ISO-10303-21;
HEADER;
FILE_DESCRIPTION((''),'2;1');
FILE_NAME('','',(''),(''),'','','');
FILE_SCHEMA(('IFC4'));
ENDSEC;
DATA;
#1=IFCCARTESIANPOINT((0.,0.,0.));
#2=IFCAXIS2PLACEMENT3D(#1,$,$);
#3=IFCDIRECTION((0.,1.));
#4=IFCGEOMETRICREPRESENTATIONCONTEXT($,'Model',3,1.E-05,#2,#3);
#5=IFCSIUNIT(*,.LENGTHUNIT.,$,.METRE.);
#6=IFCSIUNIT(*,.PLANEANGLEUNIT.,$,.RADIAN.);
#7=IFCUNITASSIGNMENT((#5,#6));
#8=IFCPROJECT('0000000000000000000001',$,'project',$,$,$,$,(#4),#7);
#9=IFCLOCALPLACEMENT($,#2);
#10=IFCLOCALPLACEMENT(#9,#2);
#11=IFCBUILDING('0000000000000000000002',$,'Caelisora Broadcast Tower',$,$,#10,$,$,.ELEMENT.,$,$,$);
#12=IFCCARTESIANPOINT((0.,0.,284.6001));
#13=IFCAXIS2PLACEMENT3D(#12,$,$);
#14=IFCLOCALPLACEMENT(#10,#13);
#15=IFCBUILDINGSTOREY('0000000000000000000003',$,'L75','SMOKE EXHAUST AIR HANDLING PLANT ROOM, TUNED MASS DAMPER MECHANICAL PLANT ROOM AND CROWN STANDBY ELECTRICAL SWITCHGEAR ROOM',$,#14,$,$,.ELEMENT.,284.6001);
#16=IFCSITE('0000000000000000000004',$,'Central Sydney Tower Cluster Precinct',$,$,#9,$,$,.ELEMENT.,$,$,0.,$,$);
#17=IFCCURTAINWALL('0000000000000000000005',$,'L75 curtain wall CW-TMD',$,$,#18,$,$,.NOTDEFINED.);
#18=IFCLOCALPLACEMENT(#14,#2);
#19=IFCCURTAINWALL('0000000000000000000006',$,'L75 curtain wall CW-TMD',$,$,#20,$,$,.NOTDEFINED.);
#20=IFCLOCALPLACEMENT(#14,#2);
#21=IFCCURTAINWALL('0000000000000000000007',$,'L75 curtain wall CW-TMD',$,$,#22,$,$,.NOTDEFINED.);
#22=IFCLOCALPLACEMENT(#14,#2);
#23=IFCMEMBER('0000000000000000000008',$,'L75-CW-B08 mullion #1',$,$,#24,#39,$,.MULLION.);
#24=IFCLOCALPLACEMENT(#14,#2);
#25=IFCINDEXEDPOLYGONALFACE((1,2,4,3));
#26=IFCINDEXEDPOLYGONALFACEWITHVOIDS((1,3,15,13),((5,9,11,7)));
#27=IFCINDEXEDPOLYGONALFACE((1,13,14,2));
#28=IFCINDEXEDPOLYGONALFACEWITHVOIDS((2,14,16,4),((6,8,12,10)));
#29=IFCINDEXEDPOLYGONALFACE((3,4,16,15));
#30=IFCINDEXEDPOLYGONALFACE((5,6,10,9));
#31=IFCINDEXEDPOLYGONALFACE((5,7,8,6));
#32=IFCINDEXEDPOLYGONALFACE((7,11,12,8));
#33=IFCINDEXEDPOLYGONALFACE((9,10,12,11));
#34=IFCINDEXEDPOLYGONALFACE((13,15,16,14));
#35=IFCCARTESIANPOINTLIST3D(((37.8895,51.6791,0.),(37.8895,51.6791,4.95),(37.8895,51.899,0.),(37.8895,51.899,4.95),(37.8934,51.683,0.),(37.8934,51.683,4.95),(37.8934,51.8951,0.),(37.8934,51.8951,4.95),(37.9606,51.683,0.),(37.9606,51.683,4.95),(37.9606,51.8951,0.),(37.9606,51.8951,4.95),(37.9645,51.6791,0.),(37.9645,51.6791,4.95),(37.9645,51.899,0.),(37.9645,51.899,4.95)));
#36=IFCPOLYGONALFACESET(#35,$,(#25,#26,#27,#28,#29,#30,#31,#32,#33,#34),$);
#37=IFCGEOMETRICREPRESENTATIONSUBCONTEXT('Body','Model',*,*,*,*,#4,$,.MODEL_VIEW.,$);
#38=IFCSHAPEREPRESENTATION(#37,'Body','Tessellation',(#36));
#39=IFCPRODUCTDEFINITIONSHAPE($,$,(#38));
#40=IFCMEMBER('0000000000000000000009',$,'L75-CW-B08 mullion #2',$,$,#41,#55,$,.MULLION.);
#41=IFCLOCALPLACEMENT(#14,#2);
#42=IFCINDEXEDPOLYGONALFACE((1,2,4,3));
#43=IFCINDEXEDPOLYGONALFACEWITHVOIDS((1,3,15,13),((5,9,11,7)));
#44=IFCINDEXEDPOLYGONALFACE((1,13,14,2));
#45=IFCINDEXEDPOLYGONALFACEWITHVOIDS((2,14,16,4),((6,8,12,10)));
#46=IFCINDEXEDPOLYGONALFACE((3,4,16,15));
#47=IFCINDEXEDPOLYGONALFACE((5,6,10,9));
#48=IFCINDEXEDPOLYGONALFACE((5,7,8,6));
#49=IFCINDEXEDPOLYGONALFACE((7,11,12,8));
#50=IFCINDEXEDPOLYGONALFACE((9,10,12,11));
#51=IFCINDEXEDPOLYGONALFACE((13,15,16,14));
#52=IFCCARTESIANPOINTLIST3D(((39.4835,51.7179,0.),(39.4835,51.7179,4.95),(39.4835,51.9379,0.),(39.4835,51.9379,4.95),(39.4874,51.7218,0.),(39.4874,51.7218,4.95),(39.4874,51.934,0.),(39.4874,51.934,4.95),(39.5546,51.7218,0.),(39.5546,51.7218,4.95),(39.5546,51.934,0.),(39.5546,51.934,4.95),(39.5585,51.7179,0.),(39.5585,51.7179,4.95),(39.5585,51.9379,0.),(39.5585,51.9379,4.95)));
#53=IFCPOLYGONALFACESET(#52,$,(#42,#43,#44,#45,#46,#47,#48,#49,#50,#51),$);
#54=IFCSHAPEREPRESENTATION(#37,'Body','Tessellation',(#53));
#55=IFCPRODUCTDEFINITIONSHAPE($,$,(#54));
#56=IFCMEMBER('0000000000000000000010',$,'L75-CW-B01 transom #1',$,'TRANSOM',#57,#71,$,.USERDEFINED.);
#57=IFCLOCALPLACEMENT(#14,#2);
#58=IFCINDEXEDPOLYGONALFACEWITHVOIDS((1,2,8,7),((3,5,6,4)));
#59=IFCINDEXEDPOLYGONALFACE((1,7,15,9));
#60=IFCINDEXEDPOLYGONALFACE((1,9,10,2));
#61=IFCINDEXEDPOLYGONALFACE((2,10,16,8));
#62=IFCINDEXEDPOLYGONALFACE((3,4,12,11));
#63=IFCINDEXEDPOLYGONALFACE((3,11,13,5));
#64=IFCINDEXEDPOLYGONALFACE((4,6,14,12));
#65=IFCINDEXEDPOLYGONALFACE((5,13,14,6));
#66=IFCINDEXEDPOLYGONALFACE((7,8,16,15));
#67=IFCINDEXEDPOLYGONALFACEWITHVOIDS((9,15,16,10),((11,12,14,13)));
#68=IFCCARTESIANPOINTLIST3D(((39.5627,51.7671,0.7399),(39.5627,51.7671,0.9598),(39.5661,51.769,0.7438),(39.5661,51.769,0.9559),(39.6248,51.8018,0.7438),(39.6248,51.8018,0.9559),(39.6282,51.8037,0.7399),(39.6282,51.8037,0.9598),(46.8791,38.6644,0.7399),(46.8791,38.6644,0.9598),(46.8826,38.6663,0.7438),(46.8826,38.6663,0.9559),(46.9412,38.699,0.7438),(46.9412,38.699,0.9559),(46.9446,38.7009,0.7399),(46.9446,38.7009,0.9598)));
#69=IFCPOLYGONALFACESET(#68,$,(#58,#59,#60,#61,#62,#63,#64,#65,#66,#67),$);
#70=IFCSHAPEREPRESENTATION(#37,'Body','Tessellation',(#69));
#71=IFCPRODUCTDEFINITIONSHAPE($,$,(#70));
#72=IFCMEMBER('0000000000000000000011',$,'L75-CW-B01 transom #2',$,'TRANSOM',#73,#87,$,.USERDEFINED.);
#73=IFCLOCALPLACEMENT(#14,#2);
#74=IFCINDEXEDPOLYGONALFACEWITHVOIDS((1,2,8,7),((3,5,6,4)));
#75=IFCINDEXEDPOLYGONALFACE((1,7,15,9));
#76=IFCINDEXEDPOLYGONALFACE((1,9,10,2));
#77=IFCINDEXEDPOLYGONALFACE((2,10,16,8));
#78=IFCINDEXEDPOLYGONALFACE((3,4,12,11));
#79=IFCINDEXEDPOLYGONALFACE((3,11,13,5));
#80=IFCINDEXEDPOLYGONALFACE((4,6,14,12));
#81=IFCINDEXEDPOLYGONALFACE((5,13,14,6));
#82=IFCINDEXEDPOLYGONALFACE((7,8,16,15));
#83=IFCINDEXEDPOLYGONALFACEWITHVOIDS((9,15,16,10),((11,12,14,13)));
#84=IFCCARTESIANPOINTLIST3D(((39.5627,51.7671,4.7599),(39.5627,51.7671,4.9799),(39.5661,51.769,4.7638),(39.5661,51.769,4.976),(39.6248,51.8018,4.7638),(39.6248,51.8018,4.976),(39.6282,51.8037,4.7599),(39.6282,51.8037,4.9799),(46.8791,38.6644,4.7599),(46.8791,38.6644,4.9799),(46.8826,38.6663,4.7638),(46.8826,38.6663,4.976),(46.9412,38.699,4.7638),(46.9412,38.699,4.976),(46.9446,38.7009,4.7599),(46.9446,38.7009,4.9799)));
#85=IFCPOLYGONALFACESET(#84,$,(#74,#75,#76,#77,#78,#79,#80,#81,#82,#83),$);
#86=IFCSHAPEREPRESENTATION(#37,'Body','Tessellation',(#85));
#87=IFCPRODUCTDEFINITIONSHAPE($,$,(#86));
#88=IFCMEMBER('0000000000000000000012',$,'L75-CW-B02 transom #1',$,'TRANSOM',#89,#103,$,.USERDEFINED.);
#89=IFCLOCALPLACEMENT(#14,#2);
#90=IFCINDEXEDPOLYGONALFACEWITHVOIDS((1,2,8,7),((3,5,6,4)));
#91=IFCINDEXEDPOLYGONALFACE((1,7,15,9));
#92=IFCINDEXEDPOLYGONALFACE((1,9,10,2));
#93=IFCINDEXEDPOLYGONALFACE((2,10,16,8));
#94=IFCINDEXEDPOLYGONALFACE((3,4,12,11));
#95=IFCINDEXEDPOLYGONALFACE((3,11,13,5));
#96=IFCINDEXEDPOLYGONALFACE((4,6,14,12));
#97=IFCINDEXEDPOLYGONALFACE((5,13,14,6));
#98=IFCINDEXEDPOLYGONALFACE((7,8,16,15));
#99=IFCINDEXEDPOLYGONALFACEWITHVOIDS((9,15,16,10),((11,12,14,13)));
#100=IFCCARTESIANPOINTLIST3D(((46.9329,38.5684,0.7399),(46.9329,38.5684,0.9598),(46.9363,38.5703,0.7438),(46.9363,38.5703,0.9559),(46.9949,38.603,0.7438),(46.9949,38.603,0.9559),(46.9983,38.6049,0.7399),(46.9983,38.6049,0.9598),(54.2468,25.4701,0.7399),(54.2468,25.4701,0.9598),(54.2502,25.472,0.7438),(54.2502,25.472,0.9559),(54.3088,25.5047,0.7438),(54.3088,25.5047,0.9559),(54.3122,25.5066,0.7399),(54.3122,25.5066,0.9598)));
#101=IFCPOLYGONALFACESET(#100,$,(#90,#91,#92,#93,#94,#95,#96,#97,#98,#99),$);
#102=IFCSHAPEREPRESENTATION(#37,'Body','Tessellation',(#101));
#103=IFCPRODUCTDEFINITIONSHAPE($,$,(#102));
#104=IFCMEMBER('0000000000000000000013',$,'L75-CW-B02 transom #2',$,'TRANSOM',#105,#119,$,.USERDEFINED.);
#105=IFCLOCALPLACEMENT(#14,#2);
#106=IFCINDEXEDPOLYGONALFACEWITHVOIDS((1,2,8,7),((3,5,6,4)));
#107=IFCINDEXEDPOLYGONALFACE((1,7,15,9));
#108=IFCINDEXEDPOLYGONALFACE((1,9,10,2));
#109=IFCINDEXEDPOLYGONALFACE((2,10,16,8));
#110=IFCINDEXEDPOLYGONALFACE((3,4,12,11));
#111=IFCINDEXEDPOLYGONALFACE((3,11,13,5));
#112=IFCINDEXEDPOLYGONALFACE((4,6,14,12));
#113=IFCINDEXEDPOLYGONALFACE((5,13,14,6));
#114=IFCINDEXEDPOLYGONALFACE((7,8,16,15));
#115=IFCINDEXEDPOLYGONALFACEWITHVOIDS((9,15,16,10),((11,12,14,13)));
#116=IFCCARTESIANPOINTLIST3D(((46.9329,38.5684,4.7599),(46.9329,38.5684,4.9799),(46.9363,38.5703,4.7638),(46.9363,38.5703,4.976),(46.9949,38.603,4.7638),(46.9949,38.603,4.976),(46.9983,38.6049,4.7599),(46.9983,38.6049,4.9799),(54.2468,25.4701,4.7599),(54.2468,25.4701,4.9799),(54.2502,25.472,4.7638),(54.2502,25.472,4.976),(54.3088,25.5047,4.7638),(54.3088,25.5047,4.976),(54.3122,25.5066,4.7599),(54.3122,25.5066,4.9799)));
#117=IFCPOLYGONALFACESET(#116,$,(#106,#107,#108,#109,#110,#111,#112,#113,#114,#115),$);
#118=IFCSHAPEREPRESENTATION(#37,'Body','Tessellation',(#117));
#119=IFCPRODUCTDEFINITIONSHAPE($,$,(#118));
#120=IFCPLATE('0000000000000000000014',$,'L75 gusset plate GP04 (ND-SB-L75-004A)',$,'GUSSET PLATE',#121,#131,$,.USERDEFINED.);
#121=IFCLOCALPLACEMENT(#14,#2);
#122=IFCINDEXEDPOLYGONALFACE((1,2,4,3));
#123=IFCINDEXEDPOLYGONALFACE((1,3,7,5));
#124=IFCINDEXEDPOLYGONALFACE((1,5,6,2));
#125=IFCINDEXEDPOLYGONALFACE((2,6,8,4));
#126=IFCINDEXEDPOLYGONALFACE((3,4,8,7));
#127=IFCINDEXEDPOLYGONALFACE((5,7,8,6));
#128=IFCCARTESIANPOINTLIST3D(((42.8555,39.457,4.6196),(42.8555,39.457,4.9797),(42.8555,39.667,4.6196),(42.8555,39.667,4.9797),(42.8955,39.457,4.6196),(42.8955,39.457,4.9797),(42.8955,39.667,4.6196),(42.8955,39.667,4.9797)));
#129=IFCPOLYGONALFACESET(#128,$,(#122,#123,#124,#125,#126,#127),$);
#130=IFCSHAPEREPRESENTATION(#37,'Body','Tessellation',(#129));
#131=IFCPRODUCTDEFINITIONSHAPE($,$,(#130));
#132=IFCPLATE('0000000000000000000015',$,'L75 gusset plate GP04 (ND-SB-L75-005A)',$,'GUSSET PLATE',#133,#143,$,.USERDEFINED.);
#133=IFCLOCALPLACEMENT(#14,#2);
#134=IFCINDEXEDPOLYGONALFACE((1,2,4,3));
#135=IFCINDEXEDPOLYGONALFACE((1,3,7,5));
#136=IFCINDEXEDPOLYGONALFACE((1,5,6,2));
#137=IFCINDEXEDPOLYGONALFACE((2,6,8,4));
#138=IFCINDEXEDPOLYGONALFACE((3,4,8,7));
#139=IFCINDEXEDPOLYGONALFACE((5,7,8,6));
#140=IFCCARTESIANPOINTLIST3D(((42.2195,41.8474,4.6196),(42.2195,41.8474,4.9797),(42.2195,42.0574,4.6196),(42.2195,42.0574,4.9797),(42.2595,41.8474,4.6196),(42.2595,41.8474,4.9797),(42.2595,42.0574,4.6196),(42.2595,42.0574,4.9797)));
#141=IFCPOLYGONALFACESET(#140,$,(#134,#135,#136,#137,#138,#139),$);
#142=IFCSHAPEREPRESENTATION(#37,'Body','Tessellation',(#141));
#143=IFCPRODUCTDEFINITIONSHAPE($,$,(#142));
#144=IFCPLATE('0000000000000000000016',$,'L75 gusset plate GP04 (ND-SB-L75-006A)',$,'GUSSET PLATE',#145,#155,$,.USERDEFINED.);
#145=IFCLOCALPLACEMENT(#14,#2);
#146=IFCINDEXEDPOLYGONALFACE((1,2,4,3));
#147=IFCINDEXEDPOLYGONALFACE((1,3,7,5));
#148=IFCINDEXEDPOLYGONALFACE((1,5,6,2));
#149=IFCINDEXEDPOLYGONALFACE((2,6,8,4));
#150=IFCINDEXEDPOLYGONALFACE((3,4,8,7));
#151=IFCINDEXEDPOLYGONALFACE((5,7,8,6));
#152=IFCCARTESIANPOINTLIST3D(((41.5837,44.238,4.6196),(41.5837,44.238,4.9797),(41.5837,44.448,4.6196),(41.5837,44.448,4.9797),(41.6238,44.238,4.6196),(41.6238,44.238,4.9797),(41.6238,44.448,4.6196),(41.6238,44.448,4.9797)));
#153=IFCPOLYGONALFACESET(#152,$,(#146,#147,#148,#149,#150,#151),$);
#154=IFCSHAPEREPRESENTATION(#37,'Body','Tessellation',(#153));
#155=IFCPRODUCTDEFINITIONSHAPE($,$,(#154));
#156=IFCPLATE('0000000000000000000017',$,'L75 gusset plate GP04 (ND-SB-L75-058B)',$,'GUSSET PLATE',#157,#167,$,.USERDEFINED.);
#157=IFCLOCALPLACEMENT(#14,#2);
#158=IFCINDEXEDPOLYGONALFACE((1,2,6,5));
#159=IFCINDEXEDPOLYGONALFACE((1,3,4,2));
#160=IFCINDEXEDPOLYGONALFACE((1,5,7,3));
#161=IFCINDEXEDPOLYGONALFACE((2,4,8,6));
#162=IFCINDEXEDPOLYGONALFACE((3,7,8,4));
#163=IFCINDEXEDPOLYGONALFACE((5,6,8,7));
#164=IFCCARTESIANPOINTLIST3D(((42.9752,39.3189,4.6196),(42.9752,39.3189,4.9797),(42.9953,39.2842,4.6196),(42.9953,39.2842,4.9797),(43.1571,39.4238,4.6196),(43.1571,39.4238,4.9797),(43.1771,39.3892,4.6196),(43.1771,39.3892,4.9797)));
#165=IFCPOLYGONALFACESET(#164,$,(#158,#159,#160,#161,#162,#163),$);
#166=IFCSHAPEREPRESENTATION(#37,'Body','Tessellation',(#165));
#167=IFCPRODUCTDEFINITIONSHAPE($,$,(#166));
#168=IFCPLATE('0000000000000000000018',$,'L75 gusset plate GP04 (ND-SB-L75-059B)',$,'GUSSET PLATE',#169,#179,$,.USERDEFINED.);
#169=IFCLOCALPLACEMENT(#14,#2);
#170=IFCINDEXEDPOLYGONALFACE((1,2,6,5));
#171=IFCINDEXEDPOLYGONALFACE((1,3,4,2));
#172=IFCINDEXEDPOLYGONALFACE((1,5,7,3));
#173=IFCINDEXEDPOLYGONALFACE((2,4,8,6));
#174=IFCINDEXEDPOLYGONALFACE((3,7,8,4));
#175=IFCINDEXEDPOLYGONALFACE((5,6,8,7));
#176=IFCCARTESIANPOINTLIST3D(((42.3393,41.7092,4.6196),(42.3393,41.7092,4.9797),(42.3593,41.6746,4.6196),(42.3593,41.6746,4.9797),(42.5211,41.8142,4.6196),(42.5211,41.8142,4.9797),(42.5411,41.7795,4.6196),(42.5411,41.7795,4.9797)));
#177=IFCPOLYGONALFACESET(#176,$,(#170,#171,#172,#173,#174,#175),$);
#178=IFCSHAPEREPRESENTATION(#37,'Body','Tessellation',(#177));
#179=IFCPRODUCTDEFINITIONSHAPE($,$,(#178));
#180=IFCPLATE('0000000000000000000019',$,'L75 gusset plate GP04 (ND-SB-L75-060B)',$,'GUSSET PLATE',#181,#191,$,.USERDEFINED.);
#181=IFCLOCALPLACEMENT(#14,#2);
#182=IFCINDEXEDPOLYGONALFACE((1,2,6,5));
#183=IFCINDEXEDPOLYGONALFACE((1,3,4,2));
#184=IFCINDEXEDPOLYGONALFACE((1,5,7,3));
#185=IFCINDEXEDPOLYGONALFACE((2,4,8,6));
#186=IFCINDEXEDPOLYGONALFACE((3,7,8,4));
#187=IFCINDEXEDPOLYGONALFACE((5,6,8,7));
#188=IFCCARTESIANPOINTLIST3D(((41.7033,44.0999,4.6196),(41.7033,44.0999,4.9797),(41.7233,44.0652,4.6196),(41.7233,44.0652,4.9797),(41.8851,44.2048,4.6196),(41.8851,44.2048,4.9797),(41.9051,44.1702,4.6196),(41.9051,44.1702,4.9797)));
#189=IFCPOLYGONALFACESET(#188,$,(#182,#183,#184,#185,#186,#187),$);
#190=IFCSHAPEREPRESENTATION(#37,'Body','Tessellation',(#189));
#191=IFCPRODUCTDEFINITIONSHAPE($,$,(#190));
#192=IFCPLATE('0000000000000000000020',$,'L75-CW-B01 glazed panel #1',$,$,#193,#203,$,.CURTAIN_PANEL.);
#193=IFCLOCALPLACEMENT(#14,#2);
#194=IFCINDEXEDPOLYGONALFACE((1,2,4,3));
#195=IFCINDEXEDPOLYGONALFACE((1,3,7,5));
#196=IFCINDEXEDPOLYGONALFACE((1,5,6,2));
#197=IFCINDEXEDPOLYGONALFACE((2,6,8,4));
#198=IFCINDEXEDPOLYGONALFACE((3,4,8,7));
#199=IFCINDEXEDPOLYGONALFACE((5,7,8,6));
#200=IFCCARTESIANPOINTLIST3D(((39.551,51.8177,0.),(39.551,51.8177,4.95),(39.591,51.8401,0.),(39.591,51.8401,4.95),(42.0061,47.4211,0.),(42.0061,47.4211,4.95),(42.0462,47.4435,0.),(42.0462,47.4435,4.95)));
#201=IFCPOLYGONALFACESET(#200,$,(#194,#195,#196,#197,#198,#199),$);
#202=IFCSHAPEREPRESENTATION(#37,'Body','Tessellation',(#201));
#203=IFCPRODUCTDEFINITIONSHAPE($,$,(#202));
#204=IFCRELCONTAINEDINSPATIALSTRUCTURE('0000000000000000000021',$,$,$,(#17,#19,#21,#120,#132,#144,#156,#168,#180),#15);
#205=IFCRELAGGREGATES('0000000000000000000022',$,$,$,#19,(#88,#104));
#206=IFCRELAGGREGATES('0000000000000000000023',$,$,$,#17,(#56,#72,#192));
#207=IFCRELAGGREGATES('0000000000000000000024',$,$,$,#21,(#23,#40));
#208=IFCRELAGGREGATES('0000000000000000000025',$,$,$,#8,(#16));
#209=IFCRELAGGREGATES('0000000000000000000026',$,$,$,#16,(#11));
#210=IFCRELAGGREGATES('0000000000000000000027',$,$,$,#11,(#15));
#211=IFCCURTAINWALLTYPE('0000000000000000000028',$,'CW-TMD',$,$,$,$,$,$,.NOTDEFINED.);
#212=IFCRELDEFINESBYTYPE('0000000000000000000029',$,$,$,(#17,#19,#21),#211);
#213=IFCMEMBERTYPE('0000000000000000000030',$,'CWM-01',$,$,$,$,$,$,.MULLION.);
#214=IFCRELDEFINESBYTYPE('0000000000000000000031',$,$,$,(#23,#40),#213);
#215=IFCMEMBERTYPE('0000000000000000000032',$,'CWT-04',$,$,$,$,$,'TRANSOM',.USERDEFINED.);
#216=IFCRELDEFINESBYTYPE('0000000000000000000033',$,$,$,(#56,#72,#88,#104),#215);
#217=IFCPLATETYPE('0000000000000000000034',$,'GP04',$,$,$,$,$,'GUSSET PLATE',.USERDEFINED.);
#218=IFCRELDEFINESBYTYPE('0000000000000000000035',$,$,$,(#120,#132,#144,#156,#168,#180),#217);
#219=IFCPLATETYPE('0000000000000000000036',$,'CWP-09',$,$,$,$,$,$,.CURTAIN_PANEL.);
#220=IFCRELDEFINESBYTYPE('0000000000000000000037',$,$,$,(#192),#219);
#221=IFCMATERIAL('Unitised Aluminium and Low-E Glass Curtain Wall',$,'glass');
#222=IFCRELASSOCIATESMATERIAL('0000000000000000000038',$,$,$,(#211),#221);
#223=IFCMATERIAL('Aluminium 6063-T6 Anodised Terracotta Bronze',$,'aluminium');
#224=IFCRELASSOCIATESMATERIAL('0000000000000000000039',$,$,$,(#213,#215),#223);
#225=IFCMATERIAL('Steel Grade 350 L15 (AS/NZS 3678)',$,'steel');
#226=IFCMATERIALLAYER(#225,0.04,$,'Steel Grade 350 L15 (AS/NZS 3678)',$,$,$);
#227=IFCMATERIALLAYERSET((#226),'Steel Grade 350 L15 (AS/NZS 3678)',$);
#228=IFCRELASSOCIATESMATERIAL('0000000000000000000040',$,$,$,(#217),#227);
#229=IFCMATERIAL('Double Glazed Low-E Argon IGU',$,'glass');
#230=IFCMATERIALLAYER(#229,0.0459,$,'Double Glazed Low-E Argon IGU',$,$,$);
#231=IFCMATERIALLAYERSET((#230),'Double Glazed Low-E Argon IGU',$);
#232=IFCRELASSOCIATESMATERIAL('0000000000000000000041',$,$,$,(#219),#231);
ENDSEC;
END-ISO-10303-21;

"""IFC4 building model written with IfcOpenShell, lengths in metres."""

from ifc_helpers import new_model, si_unit, direction, frame, origin, origin_2d, place, context, subcontext, project, spatial, rectangle, hollow_rectangle, extrude, source, transform, mapped, material, layer, layer_set, material_profile, profile_set, type_object, type_shapes, element, aggregate, save


model = new_model("IFC4")

# Units and contexts
model_context = context("Model", 3, precision=1e-05, world=origin(), true_north=direction((0.0, 1.0)))
body_context = subcontext(model_context, "Body", "Model", "MODEL_VIEW")
ifc_project = project(units=[si_unit("LENGTHUNIT", "METRE"), si_unit("PLANEANGLEUNIT", "RADIAN")], contexts=[model_context])

# Site, building, storey
site_placement = place(None, origin())
site = spatial("IfcSite", under=ifc_project, at=site_placement, Name="Central Sydney Tower Cluster Precinct", CompositionType="ELEMENT", RefElevation=0.0)
building_placement = place(site_placement, origin())
building = spatial("IfcBuilding", under=site, at=building_placement, Name="Caelisora Broadcast Tower", CompositionType="ELEMENT")
storey_placement = place(building_placement, frame((0.0, 0.0, 284.6001)))
storey = spatial("IfcBuildingStorey", under=building, at=storey_placement, Name="L75", Description="SMOKE EXHAUST AIR HANDLING PLANT ROOM, TUNED MASS DAMPER MECHANICAL PLANT ROOM AND CROWN STANDBY ELECTRICAL SWITCHGEAR ROOM", CompositionType="ELEMENT", Elevation=284.6001)

# Shared definitions
ifc_material_1 = material(Name="Steel Grade 350 L15 (AS/NZS 3678)", Category="steel")

# Curtain wall
ifc_material_2 = material(Name="Unitised Aluminium and Low-E Glass Curtain Wall", Category="glass")
curtain_wall_type = type_object("IfcCurtainWallType", Name="CW-TMD", PredefinedType="NOTDEFINED", material=ifc_material_2)
curtain_wall_1_placement = place(storey_placement, origin())
curtain_wall_1 = element("IfcCurtainWall", 1, at=curtain_wall_1_placement, inside=storey, type_object=curtain_wall_type, Name="L75 curtain wall CW-TMD", PredefinedType="NOTDEFINED")
ifc_material_3 = material(Name="Aluminium 6063-T6 Anodised Terracotta Bronze", Category="aluminium")
ifc_material_profile_1 = material_profile(ifc_material_3, hollow_rectangle(XDim=0.075, YDim=0.22, WallThickness=0.0039, at=origin_2d()), Name="Aluminium 6063-T6 Anodised Terracotta Bronze")
ifc_profile_set_1 = profile_set([ifc_material_profile_1], Name="Aluminium 6063-T6 Anodised Terracotta Bronze")
member_type_1 = type_object("IfcMemberType", Name="CWM-01", PredefinedType="MULLION", material=ifc_profile_set_1)
shared_shape_1 = source(origin(), body_context, "Body", "SweptSolid", [
    extrude(hollow_rectangle(XDim=0.075, YDim=0.22, WallThickness=0.0039, at=origin_2d()), origin(), (0.0, 0.0, 1.0), 4.95),
])
type_shapes(member_type_1, [shared_shape_1])

# Curtain wall
curtain_wall_2_placement = place(storey_placement, origin())
curtain_wall_2 = element("IfcCurtainWall", 2, at=curtain_wall_2_placement, inside=storey, type_object=curtain_wall_type, Name="L75 curtain wall CW-TMD", PredefinedType="NOTDEFINED")

# Curtain wall, members
curtain_wall_3_placement = place(storey_placement, origin())
curtain_wall_3 = element("IfcCurtainWall", 3, at=curtain_wall_3_placement, inside=storey, type_object=curtain_wall_type, Name="L75 curtain wall CW-TMD", PredefinedType="NOTDEFINED")
member_1_placement = place(storey_placement, frame((37.927, 51.7891, 0.0), z_axis=(0.0, 0.0, 1.0), x_axis=(1.0, 0.0, 0.0)))
member_1 = element("IfcMember", 4, at=member_1_placement, type_object=member_type_1, Name="L75-CW-B08 mullion #1", PredefinedType="MULLION", context=body_context, shape_type="MappedRepresentation", body=[
    mapped(shared_shape_1, transform((0.0, 0.0, 0.0), scale=1.0)),
])
member_2_placement = place(storey_placement, frame((39.521, 51.8279, 0.0), z_axis=(0.0, 0.0, 1.0), x_axis=(1.0, 0.0, 0.0)))
member_2 = element("IfcMember", 5, at=member_2_placement, type_object=member_type_1, Name="L75-CW-B08 mullion #2", PredefinedType="MULLION", context=body_context, shape_type="MappedRepresentation", body=[
    mapped(shared_shape_1, transform((0.0, 0.0, 0.0), scale=1.0)),
])

# Members
ifc_material_profile_2 = material_profile(ifc_material_3, hollow_rectangle(XDim=0.075, YDim=0.22, WallThickness=0.0039, at=origin_2d()), Name="Aluminium 6063-T6 Anodised Terracotta Bronze")
ifc_profile_set_2 = profile_set([ifc_material_profile_2], Name="Aluminium 6063-T6 Anodised Terracotta Bronze")
member_type_2 = type_object("IfcMemberType", Name="CWT-04", ElementType="TRANSOM", PredefinedType="USERDEFINED", material=ifc_profile_set_2)
shared_shape_2 = source(origin(), body_context, "Body", "SweptSolid", [
    extrude(hollow_rectangle(XDim=0.075, YDim=0.22, WallThickness=0.0039, at=origin_2d()), origin(), (0.0, 0.0, 1.0), 15.0071),
])
member_3_placement = place(storey_placement, frame((39.5955, 51.7854, 0.8499), z_axis=(0.48753, -0.873106, 0.0), x_axis=(0.873106, 0.48753, 0.0)))
member_3 = element("IfcMember", 6, at=member_3_placement, type_object=member_type_2, Name="L75-CW-B01 transom #1", ObjectType="TRANSOM", PredefinedType="USERDEFINED", context=body_context, shape_type="MappedRepresentation", body=[
    mapped(shared_shape_2, transform((0.0, 0.0, 0.0), scale=1.0)),
])
member_4_placement = place(storey_placement, frame((39.5955, 51.7854, 4.8699), z_axis=(0.48753, -0.873106, 0.0), x_axis=(0.873106, 0.48753, 0.0)))
member_4 = element("IfcMember", 7, at=member_4_placement, type_object=member_type_2, Name="L75-CW-B01 transom #2", ObjectType="TRANSOM", PredefinedType="USERDEFINED", context=body_context, shape_type="MappedRepresentation", body=[
    mapped(shared_shape_2, transform((0.0, 0.0, 0.0), scale=1.0)),
])
shared_shape_3 = source(origin(), body_context, "Body", "SweptSolid", [
    extrude(hollow_rectangle(XDim=0.075, YDim=0.22, WallThickness=0.0039, at=origin_2d()), origin(), (0.0, 0.0, 1.0), 15.002),
])
type_shapes(member_type_2, [shared_shape_2, shared_shape_3])
member_5_placement = place(storey_placement, frame((46.9656, 38.5867, 0.8499), z_axis=(0.487531, -0.873106, 0.0), x_axis=(0.873106, 0.487531, 0.0)))
member_5 = element("IfcMember", 8, at=member_5_placement, type_object=member_type_2, Name="L75-CW-B02 transom #1", ObjectType="TRANSOM", PredefinedType="USERDEFINED", context=body_context, shape_type="MappedRepresentation", body=[
    mapped(shared_shape_3, transform((0.0, 0.0, 0.0), scale=1.0)),
])
member_6_placement = place(storey_placement, frame((46.9656, 38.5867, 4.8699), z_axis=(0.487531, -0.873106, 0.0), x_axis=(0.873106, 0.487531, 0.0)))
member_6 = element("IfcMember", 9, at=member_6_placement, type_object=member_type_2, Name="L75-CW-B02 transom #2", ObjectType="TRANSOM", PredefinedType="USERDEFINED", context=body_context, shape_type="MappedRepresentation", body=[
    mapped(shared_shape_3, transform((0.0, 0.0, 0.0), scale=1.0)),
])
aggregate(curtain_wall_2, [member_5, member_6])

# Plates
ifc_layer_1 = layer(ifc_material_1, 0.04, Name="Steel Grade 350 L15 (AS/NZS 3678)")
ifc_layer_set_1 = layer_set([ifc_layer_1], Name="Steel Grade 350 L15 (AS/NZS 3678)")
plate_type_1 = type_object("IfcPlateType", Name="GP04", ElementType="GUSSET PLATE", PredefinedType="USERDEFINED", material=ifc_layer_set_1)
shared_shape_4 = source(origin(), body_context, "Body", "SweptSolid", [
    extrude(rectangle(XDim=0.21, YDim=0.04, at=origin_2d()), origin(), (0.0, 0.0, 1.0), 0.3601),
])
type_shapes(plate_type_1, [shared_shape_4])
for number, where, z_axis, x_axis, name in (
    (10, (42.8755, 39.562, 4.6196), (0.0, 0.0, 1.0), (0.0, -1.0, 0.0), "L75 gusset plate GP04 (ND-SB-L75-004A)"),
    (11, (42.2395, 41.9524, 4.6196), (0.0, 0.0, 1.0), (0.0, -1.0, 0.0), "L75 gusset plate GP04 (ND-SB-L75-005A)"),
    (12, (41.6038, 44.343, 4.6196), (0.0, 0.0, 1.0), (0.0, -1.0, 0.0), "L75 gusset plate GP04 (ND-SB-L75-006A)"),
    (13, (43.0762, 39.354, 4.6196), (0.0, 0.0, 1.0), (-0.866025, -0.5, 0.0), "L75 gusset plate GP04 (ND-SB-L75-058B)"),
    (14, (42.4402, 41.7444, 4.6196), (0.0, 0.0, 1.0), (-0.866025, -0.5, 0.0), "L75 gusset plate GP04 (ND-SB-L75-059B)"),
    (15, (41.8042, 44.135, 4.6196), (0.0, 0.0, 1.0), (-0.866025, -0.5, 0.0), "L75 gusset plate GP04 (ND-SB-L75-060B)"),
):
    element("IfcPlate", number, at=place(storey_placement, frame(where, z_axis=z_axis, x_axis=x_axis)), inside=storey, type_object=plate_type_1, Name=name, ObjectType="GUSSET PLATE", PredefinedType="USERDEFINED", context=body_context, shape_type="MappedRepresentation", body=[
        mapped(shared_shape_4, transform((0.0, 0.0, 0.0), scale=1.0)),
    ])

# Plate
ifc_material_4 = material(Name="Double Glazed Low-E Argon IGU", Category="glass")
ifc_layer_2 = layer(ifc_material_4, 0.0459, Name="Double Glazed Low-E Argon IGU")
ifc_layer_set_2 = layer_set([ifc_layer_2], Name="Double Glazed Low-E Argon IGU")
plate_type_2 = type_object("IfcPlateType", Name="CWP-09", PredefinedType="CURTAIN_PANEL", material=ifc_layer_set_2)
shared_shape_5 = source(origin(), body_context, "Body", "SweptSolid", [
    extrude(rectangle(XDim=5.0356, YDim=0.0459, at=origin_2d()), origin(), (0.0, 0.0, 1.0), 4.95),
])
plate_1_placement = place(storey_placement, frame((40.7986, 49.6306, 0.0), z_axis=(0.0, 0.0, 1.0), x_axis=(0.487555, -0.873092, 0.0)))
plate_1 = element("IfcPlate", 16, at=plate_1_placement, type_object=plate_type_2, Name="L75-CW-B01 glazed panel #1", PredefinedType="CURTAIN_PANEL", context=body_context, shape_type="MappedRepresentation", body=[
    mapped(shared_shape_5, transform((0.0, 0.0, 0.0), scale=1.0)),
])
aggregate(curtain_wall_1, [member_3, member_4, plate_1])
aggregate(curtain_wall_3, [member_1, member_2])

save(model, "model.ifc")
